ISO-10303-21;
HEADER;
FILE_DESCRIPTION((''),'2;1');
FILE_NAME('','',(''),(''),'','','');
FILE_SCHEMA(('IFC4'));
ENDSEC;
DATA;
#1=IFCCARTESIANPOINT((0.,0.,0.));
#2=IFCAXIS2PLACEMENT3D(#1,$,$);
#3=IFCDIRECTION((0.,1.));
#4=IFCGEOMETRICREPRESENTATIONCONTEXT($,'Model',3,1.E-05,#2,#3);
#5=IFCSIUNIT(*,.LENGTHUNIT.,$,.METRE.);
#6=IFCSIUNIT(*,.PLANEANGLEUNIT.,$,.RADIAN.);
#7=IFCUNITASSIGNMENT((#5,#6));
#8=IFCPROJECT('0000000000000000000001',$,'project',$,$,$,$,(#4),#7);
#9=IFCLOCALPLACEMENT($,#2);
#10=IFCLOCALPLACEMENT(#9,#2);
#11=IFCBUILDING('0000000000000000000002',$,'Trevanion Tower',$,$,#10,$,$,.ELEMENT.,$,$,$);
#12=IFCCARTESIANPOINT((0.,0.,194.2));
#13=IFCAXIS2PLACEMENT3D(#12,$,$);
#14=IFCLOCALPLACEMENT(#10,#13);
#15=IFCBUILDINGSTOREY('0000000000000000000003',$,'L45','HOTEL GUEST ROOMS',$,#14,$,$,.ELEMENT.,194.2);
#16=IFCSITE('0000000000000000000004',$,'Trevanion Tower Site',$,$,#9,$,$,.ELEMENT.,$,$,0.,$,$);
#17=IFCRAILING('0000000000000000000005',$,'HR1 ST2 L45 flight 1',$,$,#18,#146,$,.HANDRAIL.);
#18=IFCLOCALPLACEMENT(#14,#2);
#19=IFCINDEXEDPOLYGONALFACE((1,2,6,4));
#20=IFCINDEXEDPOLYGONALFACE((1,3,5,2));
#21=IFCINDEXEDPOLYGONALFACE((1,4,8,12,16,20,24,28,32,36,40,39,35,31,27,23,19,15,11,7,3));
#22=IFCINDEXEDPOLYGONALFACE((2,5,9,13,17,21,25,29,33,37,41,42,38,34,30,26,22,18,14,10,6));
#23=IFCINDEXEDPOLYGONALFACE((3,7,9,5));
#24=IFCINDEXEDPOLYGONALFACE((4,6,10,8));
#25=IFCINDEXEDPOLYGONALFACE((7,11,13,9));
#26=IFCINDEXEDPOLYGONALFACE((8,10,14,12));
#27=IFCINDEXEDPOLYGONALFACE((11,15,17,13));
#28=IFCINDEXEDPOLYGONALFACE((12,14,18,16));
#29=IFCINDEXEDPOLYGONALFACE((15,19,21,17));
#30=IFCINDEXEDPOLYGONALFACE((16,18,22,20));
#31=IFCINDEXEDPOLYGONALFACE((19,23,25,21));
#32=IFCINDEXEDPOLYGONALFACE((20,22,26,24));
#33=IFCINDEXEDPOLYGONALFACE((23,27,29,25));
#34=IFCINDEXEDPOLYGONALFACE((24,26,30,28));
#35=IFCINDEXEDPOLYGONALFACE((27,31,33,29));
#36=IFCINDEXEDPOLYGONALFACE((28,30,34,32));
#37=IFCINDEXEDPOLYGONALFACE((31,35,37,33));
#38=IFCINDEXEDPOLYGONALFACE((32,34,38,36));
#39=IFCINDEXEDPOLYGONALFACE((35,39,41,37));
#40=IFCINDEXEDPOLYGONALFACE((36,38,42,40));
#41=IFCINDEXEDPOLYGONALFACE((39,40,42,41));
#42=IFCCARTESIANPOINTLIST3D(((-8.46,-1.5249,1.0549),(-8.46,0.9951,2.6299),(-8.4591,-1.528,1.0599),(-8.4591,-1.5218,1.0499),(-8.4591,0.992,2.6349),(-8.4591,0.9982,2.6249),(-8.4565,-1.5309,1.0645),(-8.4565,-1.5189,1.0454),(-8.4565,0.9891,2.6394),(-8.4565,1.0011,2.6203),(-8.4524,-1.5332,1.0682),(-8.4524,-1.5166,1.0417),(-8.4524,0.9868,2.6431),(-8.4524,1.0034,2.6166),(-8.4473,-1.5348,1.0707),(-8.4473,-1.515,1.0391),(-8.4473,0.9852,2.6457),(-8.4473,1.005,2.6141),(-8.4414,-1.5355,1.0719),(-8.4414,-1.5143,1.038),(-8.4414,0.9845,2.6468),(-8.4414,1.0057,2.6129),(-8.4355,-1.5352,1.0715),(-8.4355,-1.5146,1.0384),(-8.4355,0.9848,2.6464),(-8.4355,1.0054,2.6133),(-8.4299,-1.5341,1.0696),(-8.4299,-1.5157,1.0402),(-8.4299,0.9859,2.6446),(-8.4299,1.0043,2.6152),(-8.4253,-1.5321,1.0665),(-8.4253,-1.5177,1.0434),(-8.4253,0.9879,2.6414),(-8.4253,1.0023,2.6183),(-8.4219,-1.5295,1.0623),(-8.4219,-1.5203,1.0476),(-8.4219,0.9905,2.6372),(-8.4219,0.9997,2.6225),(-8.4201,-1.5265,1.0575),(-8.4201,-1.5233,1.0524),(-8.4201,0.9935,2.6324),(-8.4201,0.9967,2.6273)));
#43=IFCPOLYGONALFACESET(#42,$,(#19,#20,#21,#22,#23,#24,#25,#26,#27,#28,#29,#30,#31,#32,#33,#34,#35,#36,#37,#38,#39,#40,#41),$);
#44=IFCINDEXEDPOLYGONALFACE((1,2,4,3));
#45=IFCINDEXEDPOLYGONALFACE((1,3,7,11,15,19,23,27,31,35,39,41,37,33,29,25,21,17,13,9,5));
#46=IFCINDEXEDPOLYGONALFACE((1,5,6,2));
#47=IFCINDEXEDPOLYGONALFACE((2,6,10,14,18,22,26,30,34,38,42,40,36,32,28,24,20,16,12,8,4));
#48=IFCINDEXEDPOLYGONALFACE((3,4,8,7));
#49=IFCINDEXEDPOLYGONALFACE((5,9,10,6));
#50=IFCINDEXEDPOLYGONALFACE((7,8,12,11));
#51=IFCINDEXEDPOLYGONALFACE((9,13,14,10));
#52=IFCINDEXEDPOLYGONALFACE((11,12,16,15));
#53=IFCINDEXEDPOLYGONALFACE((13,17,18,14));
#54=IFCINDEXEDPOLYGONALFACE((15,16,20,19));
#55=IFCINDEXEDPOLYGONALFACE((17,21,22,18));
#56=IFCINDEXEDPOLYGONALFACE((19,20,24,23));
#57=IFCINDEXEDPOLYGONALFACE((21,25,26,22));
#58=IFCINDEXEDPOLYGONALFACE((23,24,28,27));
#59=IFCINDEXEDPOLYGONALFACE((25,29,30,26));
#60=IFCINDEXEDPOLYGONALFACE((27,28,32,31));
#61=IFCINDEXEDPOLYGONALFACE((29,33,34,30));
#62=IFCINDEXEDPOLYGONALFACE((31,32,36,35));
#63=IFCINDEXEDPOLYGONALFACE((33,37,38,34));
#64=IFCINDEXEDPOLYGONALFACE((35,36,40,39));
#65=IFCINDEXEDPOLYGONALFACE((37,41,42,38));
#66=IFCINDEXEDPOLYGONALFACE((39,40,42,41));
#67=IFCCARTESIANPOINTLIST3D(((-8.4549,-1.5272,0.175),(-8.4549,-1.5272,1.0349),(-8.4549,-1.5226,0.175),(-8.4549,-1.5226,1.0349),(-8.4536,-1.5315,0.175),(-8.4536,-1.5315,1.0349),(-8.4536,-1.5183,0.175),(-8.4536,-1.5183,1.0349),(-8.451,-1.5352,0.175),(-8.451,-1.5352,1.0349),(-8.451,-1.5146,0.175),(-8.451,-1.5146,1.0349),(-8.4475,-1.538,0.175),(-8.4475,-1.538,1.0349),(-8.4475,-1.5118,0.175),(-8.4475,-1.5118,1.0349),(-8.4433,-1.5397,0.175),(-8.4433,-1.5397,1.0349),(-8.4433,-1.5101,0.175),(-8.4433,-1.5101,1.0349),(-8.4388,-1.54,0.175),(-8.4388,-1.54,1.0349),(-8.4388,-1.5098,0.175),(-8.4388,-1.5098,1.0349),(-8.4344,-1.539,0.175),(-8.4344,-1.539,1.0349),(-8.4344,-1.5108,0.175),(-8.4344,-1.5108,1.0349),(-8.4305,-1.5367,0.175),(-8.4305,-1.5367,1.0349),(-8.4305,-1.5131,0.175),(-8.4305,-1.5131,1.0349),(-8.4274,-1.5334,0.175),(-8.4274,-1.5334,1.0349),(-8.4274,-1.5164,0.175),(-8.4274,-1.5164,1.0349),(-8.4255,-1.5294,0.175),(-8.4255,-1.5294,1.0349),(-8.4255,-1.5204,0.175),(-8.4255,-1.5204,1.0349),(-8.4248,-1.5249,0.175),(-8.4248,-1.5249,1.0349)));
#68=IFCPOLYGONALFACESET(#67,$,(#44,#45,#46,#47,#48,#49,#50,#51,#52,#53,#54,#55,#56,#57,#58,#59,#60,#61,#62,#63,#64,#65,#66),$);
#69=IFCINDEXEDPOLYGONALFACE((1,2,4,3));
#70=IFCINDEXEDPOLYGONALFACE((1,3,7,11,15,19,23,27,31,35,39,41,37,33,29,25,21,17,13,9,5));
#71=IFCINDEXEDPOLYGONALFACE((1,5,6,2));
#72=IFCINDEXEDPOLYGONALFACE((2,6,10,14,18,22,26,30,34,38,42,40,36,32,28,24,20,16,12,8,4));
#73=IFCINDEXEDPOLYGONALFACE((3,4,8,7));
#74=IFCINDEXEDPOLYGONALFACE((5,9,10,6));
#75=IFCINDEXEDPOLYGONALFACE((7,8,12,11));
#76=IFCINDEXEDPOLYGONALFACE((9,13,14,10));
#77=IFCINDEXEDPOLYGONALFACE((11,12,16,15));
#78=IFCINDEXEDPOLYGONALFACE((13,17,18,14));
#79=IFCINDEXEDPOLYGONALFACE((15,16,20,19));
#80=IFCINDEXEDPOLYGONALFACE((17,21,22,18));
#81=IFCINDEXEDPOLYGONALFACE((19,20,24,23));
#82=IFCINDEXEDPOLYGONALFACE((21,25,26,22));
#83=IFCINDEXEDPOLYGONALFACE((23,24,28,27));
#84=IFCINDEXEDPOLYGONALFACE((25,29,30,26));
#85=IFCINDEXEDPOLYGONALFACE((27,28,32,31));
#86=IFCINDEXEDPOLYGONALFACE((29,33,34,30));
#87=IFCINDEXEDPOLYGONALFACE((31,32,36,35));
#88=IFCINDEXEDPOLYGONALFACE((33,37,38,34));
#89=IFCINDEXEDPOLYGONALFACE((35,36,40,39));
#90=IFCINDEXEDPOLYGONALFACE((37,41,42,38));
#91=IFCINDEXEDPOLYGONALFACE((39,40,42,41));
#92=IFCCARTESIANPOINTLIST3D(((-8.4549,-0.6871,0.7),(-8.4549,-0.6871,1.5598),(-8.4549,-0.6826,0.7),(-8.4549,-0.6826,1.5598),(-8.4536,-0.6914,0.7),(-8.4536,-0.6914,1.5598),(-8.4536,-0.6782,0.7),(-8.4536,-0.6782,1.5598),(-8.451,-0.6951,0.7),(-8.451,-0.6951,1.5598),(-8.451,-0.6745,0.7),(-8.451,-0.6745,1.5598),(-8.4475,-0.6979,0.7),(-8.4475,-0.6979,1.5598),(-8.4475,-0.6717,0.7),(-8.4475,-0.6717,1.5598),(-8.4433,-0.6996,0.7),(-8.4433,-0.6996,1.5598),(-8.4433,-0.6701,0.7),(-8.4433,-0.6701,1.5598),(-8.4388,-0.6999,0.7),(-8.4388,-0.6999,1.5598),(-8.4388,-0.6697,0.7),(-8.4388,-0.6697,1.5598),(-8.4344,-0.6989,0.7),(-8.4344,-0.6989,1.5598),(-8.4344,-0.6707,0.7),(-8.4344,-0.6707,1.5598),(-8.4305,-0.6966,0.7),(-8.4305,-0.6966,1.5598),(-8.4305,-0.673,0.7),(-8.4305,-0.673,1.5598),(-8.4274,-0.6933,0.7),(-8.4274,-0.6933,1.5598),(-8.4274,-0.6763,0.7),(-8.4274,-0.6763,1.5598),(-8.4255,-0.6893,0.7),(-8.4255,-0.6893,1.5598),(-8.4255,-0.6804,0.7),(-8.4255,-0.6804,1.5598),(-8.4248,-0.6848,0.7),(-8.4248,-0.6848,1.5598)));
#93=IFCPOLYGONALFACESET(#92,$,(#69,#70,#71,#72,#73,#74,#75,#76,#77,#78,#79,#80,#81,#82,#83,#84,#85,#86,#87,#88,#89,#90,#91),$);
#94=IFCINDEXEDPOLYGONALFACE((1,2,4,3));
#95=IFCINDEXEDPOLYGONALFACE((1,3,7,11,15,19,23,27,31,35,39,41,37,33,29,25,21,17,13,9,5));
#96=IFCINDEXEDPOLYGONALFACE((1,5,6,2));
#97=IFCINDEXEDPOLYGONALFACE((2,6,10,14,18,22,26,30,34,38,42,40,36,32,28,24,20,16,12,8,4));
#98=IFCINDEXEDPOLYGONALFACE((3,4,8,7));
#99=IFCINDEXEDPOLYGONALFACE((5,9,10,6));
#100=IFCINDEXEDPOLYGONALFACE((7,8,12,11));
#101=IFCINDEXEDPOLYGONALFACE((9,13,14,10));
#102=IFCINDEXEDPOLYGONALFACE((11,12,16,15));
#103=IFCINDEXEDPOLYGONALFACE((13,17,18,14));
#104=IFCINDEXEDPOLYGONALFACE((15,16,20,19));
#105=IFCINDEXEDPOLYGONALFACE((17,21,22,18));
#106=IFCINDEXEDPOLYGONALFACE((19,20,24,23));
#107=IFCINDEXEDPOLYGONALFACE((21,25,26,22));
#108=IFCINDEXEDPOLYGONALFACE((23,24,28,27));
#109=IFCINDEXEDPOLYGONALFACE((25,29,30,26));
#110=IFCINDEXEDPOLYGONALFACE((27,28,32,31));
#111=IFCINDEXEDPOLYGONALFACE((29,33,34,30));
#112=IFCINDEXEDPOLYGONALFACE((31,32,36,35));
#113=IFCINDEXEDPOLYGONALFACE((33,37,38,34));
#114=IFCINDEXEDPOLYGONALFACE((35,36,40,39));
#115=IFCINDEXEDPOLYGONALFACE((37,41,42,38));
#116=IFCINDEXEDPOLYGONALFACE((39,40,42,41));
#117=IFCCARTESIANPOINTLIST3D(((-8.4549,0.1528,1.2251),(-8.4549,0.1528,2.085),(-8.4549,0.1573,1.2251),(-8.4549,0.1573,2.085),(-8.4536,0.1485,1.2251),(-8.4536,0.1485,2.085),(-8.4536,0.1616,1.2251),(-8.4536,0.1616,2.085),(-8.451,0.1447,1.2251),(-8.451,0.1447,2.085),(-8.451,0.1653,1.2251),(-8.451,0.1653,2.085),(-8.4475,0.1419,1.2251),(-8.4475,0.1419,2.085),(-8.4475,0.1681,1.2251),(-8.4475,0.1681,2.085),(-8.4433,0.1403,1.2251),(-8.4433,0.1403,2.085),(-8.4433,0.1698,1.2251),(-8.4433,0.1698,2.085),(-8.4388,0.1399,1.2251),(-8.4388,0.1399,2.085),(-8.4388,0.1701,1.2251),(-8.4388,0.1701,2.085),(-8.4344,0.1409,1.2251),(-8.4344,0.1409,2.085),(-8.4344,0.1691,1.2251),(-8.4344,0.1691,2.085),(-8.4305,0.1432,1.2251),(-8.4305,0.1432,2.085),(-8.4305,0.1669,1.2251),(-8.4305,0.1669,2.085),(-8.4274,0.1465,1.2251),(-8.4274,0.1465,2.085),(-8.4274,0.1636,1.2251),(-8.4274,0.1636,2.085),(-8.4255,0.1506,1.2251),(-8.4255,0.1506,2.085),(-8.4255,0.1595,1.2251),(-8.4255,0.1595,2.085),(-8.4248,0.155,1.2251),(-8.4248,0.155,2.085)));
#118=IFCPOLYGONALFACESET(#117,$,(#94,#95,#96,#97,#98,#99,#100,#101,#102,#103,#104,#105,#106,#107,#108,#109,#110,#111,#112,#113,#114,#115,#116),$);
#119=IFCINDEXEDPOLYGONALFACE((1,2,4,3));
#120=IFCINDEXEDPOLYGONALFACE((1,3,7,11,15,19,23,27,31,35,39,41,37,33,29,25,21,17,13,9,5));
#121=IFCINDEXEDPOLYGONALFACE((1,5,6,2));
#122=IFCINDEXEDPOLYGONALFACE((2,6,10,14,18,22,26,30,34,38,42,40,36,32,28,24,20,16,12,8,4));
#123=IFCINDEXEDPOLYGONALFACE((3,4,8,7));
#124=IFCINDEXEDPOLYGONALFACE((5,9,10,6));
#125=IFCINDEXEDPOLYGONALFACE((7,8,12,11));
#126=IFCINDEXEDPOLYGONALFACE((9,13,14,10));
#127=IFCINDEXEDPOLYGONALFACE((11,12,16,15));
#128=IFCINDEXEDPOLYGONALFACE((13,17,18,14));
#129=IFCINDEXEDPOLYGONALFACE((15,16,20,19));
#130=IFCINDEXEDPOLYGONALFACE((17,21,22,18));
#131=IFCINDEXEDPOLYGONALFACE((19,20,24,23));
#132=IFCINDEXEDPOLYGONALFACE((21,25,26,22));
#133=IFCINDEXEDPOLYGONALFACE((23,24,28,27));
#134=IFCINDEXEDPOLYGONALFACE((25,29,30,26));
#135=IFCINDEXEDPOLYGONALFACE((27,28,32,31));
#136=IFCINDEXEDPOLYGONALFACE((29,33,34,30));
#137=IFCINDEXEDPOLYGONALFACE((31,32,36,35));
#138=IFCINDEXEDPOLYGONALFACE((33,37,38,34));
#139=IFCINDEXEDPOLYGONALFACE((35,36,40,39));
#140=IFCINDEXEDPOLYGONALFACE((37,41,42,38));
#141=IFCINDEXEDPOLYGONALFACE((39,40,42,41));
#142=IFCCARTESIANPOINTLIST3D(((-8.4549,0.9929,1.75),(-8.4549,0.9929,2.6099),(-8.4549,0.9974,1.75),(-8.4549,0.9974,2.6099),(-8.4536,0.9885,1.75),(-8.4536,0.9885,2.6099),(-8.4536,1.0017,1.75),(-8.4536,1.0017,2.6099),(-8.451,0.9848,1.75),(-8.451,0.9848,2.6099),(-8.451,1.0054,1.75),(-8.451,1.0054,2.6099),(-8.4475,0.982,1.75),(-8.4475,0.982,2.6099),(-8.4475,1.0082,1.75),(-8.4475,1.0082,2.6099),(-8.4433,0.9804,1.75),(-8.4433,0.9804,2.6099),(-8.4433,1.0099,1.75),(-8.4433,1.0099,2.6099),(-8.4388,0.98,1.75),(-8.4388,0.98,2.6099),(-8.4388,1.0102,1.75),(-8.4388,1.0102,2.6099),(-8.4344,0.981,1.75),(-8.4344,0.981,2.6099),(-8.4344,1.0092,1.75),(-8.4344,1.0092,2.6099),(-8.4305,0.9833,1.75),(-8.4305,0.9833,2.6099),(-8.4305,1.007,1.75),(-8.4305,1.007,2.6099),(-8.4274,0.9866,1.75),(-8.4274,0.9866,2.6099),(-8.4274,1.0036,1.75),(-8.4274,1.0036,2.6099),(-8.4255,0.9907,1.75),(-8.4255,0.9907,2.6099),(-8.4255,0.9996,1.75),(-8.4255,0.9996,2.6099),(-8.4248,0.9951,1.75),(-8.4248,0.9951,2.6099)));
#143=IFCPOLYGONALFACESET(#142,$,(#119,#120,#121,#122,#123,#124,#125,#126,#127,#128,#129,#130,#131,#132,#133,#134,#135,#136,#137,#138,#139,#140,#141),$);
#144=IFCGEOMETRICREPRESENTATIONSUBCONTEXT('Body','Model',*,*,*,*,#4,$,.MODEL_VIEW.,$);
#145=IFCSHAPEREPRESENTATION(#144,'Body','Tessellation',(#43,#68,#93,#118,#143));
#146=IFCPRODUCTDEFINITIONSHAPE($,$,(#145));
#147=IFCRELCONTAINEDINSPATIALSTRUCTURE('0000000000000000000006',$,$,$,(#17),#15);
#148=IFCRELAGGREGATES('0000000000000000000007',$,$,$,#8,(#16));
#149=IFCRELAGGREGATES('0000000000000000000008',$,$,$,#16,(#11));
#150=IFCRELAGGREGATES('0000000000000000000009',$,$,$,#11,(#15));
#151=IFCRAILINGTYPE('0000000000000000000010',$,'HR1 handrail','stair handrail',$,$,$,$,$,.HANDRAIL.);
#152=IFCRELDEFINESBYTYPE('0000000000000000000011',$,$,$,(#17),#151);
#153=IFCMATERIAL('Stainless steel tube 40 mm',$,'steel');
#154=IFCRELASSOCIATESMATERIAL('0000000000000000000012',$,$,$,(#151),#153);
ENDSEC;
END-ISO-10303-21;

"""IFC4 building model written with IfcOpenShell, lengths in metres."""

from ifc_helpers import new_model, si_unit, direction, frame, origin, origin_2d, place, context, subcontext, project, spatial, circle, extrude, material, type_object, element, save


model = new_model("IFC4")

# Units and contexts
model_context = context("Model", 3, precision=1e-05, world=origin(), true_north=direction((0.0, 1.0)))
body_context = subcontext(model_context, "Body", "Model", "MODEL_VIEW")
ifc_project = project(units=[si_unit("LENGTHUNIT", "METRE"), si_unit("PLANEANGLEUNIT", "RADIAN")], contexts=[model_context])

# Site, building, storey
site_placement = place(None, origin())
site = spatial("IfcSite", under=ifc_project, at=site_placement, Name="Trevanion Tower Site", CompositionType="ELEMENT", RefElevation=0.0)
building_placement = place(site_placement, origin())
building = spatial("IfcBuilding", under=site, at=building_placement, Name="Trevanion Tower", CompositionType="ELEMENT")
storey_placement = place(building_placement, frame((0.0, 0.0, 194.2)))
storey = spatial("IfcBuildingStorey", under=building, at=storey_placement, Name="L45", Description="HOTEL GUEST ROOMS", CompositionType="ELEMENT", Elevation=194.2)

# Railing
ifc_material_1 = material(Name="Stainless steel tube 40 mm", Category="steel")
railing_type = type_object("IfcRailingType", Name="HR1 handrail", Description="stair handrail", PredefinedType="HANDRAIL", material=ifc_material_1)
for number, where, name in (
    (1, (-8.4399, -1.5249, 0.175), "HR1 ST2 L45 flight 1"),
):
    element("IfcRailing", number, at=place(storey_placement, frame(where)), inside=storey, type_object=railing_type, Name=name, PredefinedType="HANDRAIL", context=body_context, shape_type="SweptSolid", body=[
        extrude(circle(Radius=0.02, at=origin_2d()), frame((0.0, 0.0, 0.8799), z_axis=(0.0, 0.848008, 0.529984), x_axis=(-1.0, 0.0, 0.0)), (0.0, 0.0, 1.0), 2.9717),
        extrude(circle(Radius=0.0151, at=origin_2d()), origin(), (0.0, 0.0, 1.0), 0.8599),
        extrude(circle(Radius=0.0151, at=origin_2d()), frame((0.0, 0.8401, 0.5249)), (0.0, 0.0, 1.0), 0.8599),
        extrude(circle(Radius=0.0151, at=origin_2d()), frame((0.0, 1.6799, 1.05)), (0.0, 0.0, 1.0), 0.8599),
        extrude(circle(Radius=0.0151, at=origin_2d()), frame((0.0, 2.52, 1.575)), (0.0, 0.0, 1.0), 0.8599),
    ])

save(model, "model.ifc")
